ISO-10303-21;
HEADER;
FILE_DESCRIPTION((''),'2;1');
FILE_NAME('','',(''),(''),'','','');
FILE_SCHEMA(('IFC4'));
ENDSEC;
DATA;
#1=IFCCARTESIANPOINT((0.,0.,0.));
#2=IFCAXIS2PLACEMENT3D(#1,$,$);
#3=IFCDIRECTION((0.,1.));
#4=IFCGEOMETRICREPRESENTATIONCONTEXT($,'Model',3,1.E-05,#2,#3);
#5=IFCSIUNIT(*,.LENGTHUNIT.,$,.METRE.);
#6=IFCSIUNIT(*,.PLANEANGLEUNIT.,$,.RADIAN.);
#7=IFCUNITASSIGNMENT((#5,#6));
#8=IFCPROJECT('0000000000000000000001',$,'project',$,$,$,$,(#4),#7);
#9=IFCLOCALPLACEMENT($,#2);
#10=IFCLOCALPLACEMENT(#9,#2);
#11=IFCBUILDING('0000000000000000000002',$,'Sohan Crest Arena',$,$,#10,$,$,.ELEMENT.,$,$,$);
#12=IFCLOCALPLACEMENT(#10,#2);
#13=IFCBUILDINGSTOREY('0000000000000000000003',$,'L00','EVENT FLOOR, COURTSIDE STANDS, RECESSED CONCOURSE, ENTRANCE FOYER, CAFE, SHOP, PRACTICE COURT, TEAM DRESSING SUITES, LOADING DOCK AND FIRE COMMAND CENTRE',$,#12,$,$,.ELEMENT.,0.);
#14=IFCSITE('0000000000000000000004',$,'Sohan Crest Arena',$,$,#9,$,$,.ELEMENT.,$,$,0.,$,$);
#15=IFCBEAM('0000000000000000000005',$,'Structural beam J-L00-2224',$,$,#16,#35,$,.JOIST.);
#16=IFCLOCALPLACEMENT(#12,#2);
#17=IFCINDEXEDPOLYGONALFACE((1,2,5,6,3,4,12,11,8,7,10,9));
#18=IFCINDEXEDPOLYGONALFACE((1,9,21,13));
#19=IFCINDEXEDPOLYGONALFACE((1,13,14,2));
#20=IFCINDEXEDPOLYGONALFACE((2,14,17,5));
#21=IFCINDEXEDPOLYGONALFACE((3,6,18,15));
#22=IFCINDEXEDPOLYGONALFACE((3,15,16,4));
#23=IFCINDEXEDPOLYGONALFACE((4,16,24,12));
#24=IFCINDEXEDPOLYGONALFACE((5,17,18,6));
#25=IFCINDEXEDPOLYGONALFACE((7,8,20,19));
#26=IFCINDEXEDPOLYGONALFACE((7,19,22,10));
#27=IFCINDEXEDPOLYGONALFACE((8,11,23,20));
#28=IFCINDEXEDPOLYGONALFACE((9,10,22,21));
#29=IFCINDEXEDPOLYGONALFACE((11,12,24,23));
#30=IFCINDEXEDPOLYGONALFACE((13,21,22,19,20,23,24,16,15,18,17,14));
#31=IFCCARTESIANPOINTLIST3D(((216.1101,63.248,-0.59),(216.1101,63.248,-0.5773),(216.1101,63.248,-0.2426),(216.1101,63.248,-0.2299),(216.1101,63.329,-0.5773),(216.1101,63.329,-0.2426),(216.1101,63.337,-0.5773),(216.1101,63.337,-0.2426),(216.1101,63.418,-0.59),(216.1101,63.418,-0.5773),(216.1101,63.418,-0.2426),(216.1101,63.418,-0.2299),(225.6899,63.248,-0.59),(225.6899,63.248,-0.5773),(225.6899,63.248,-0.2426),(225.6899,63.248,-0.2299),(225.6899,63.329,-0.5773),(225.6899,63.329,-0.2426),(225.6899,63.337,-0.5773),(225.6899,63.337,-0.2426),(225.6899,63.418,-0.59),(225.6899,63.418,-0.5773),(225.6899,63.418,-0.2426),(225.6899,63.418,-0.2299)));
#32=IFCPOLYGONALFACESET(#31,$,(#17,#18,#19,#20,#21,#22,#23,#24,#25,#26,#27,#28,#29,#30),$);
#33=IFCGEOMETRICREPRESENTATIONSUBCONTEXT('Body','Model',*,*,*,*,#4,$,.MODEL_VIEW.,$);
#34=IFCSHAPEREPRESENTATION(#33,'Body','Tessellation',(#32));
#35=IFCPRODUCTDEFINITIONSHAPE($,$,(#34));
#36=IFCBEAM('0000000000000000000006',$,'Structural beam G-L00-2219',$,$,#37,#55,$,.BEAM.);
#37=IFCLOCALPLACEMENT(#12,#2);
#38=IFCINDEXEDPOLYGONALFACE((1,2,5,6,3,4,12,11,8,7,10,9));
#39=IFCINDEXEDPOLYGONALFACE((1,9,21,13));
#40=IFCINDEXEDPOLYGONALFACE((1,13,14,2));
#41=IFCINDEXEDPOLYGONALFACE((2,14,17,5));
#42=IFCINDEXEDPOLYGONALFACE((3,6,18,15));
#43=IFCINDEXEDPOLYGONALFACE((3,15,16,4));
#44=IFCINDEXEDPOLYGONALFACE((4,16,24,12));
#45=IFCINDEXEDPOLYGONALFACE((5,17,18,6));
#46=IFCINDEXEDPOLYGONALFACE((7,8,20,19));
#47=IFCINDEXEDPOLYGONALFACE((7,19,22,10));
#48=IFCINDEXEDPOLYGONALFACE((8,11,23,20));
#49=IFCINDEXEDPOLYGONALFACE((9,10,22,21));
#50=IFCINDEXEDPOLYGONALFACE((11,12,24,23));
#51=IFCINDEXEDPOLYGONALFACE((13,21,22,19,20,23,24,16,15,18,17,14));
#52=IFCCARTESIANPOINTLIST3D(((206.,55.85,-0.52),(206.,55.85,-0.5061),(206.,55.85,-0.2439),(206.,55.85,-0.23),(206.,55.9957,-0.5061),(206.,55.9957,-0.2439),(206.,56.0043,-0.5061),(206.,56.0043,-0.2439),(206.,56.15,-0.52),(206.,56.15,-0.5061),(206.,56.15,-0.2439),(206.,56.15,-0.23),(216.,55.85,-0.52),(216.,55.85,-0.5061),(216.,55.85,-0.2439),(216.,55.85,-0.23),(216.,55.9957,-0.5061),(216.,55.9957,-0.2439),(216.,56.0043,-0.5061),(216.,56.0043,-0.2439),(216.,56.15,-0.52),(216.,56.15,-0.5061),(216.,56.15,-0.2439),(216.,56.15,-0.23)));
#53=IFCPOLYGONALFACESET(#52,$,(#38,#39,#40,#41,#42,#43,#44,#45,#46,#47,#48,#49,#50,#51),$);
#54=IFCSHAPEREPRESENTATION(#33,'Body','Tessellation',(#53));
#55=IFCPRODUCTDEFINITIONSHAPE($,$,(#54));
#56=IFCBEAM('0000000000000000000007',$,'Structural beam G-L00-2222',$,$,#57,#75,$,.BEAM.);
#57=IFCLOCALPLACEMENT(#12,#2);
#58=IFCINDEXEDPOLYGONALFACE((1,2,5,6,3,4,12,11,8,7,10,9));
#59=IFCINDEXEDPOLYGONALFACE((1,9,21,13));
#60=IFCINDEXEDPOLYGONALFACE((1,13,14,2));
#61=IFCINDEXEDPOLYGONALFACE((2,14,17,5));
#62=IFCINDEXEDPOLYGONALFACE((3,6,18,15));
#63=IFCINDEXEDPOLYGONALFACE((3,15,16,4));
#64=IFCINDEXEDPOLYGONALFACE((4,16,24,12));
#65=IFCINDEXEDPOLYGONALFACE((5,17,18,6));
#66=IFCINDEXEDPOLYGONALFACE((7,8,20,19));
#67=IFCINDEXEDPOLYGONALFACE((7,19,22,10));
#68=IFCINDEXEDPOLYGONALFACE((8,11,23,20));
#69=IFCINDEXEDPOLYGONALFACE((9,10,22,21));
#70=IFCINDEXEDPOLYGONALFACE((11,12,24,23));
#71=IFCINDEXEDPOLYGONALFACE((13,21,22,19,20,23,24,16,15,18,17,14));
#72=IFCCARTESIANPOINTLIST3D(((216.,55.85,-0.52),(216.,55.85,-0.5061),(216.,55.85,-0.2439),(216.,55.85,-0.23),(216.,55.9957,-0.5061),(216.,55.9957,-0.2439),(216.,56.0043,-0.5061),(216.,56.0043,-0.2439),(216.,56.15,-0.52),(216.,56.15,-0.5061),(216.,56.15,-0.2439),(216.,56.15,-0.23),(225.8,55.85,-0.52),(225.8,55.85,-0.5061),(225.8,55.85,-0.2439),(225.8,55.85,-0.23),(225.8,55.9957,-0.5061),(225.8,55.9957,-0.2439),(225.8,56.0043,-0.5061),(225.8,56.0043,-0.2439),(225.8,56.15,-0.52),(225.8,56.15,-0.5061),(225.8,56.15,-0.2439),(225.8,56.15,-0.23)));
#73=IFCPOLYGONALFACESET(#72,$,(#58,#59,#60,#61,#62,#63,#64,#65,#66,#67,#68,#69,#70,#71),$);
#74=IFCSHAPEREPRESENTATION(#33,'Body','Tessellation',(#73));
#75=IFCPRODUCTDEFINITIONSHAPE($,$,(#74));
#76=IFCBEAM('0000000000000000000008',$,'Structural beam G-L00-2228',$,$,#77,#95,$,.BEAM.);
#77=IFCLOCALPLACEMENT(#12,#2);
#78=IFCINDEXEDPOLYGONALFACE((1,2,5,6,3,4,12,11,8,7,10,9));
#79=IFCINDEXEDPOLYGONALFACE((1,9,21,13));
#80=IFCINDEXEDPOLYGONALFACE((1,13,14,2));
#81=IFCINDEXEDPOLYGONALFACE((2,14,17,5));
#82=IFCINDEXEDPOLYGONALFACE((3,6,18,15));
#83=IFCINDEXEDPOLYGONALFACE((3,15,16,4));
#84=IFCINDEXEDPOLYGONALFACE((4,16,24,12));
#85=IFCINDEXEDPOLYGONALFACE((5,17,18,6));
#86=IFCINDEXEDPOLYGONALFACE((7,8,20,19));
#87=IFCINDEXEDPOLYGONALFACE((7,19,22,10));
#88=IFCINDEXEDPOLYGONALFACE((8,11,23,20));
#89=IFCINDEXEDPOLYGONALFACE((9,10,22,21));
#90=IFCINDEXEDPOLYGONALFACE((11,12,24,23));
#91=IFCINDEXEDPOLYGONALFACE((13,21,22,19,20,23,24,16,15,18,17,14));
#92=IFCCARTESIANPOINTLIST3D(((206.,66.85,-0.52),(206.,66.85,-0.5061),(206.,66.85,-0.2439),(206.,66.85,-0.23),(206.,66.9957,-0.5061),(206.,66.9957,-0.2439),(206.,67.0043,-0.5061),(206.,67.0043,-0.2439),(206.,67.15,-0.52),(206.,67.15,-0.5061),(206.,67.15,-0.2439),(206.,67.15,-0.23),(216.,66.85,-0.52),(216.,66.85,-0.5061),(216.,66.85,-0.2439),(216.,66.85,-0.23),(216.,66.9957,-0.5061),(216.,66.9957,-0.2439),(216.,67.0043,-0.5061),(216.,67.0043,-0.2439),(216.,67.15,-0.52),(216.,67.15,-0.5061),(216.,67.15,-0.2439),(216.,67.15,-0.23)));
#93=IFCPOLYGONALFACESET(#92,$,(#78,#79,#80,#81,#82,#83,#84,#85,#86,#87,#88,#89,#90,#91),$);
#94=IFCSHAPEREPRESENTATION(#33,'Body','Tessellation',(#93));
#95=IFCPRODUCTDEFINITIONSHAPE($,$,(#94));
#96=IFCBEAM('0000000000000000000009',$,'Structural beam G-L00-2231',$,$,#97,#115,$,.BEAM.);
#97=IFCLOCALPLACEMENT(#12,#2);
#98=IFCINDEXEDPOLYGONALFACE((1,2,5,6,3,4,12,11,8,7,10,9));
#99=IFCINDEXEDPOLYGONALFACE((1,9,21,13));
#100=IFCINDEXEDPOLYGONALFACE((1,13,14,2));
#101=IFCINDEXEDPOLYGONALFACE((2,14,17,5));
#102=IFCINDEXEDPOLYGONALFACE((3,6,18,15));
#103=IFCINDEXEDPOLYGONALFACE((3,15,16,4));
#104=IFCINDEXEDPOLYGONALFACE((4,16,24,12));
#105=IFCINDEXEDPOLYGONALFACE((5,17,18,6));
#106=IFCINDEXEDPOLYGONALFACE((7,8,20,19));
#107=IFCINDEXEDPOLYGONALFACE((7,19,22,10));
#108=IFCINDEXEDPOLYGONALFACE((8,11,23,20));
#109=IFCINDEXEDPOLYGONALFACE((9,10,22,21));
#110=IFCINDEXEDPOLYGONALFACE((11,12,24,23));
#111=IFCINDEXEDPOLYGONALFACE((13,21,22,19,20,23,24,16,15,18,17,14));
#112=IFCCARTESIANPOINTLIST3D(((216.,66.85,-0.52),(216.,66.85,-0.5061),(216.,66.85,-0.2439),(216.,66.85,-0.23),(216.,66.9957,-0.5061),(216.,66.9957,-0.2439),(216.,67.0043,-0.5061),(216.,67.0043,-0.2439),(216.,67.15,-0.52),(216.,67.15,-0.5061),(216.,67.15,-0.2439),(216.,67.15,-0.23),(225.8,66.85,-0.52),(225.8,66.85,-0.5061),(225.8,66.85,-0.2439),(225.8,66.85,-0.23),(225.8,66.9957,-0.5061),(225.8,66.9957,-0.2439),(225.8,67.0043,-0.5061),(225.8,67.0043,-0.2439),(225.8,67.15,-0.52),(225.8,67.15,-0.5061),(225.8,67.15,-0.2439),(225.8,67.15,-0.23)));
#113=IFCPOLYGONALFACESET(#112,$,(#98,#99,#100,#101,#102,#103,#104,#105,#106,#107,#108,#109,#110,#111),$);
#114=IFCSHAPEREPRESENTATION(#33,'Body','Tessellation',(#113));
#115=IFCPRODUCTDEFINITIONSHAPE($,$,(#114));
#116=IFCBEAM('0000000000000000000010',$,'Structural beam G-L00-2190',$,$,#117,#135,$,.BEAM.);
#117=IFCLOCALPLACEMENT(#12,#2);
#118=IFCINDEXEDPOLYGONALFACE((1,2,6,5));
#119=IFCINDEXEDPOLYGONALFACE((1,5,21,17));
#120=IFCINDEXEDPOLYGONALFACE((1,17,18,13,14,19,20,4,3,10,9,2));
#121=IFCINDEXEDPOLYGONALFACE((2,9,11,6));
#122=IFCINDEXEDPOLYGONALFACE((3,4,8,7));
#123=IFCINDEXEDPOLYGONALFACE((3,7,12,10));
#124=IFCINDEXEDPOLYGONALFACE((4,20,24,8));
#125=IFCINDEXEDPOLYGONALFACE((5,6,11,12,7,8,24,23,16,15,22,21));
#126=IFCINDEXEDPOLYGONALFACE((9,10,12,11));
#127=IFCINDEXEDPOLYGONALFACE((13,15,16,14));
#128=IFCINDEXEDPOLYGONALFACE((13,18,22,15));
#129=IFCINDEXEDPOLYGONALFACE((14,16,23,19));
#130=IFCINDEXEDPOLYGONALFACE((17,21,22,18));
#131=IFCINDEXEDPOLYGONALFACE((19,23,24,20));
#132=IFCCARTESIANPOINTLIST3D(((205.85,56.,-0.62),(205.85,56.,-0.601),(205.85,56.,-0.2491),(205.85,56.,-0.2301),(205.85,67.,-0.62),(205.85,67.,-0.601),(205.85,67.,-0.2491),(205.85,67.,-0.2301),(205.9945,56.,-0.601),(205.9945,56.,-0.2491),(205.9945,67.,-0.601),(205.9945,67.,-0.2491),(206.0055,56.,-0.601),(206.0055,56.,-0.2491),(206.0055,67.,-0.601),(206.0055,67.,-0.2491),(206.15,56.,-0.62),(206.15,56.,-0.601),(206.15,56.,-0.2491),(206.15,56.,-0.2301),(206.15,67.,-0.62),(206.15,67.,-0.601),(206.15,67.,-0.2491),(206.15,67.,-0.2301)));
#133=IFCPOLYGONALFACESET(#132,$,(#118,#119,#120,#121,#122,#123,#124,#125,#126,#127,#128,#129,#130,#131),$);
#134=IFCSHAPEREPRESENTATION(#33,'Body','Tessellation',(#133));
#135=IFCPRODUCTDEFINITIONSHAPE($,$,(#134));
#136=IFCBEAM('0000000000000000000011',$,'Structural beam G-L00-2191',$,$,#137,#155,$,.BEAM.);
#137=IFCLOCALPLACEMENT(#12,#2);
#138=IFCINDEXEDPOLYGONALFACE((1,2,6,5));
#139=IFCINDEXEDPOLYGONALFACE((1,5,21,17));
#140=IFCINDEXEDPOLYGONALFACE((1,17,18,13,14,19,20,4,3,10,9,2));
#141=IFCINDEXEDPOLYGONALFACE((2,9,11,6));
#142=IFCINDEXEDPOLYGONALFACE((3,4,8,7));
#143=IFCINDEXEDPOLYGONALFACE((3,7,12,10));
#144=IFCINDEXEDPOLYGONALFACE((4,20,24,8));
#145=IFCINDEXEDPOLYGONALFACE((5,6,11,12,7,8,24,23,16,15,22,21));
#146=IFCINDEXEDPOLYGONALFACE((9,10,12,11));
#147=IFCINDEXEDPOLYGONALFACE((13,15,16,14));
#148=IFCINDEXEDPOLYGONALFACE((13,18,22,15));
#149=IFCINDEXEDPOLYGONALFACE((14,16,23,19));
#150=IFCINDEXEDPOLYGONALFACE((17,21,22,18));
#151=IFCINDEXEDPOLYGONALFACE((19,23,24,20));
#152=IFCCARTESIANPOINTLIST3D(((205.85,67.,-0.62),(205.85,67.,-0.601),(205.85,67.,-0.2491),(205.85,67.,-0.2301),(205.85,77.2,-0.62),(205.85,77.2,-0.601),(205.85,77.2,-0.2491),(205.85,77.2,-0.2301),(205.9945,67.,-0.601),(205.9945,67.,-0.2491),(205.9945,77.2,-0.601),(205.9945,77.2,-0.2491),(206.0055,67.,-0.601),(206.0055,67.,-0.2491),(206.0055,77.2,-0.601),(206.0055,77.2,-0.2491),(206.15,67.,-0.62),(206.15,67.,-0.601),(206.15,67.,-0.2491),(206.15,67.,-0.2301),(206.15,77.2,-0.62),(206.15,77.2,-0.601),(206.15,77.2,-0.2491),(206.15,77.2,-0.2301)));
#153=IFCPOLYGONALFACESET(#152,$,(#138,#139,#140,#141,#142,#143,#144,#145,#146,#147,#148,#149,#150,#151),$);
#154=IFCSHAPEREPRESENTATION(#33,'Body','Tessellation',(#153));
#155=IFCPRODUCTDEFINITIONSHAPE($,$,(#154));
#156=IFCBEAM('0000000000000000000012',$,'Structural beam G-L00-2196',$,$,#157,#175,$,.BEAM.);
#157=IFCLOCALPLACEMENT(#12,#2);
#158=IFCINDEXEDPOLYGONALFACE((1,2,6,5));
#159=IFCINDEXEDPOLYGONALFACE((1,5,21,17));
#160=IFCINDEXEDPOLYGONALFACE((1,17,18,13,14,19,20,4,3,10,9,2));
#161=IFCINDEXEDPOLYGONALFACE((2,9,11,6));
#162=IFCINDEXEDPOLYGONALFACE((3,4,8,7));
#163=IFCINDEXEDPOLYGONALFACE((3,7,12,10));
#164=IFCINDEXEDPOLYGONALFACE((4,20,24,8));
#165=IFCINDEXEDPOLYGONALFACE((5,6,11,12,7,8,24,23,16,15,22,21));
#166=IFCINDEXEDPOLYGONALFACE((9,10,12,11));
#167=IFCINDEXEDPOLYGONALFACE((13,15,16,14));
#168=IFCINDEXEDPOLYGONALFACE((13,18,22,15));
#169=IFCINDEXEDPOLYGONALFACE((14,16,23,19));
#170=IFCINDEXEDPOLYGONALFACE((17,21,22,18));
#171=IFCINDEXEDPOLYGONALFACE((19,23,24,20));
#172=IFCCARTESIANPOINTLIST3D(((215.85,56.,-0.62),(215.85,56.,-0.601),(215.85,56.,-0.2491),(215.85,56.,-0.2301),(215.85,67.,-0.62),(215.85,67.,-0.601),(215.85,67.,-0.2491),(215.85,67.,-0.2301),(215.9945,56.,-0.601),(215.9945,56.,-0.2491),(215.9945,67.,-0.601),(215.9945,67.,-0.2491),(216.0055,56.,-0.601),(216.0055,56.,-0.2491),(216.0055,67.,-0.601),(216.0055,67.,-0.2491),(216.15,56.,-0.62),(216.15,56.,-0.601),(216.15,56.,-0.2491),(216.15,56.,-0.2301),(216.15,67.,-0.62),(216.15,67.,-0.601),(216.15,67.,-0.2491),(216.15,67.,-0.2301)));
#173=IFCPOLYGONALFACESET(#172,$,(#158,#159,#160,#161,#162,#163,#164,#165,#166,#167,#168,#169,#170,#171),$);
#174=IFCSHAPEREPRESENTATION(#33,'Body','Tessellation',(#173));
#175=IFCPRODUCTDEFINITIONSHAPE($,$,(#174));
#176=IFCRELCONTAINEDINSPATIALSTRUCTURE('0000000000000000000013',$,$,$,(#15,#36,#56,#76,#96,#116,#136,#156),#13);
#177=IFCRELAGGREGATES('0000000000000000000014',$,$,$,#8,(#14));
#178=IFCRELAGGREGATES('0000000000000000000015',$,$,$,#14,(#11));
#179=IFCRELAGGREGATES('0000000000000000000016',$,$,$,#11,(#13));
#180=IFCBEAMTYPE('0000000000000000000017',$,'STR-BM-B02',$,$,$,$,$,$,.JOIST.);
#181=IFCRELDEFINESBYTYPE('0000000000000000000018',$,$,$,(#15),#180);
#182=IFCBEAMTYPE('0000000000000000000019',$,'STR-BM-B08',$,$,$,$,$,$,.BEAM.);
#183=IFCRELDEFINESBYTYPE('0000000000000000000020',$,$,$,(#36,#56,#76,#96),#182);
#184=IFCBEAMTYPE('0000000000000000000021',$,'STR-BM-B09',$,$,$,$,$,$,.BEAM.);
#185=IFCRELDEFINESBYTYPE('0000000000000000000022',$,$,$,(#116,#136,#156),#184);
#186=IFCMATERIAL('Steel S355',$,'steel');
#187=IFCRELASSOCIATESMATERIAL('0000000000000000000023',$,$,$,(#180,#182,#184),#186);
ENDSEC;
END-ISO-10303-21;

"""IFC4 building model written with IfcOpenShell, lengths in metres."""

from ifc_helpers import new_model, si_unit, direction, frame, origin, origin_2d, place, context, subcontext, project, spatial, i_section, extrude, material, material_profile, profile_set, type_object, element, save


model = new_model("IFC4")

# Units and contexts
model_context = context("Model", 3, precision=1e-05, world=origin(), true_north=direction((0.0, 1.0)))
body_context = subcontext(model_context, "Body", "Model", "MODEL_VIEW")
ifc_project = project(units=[si_unit("LENGTHUNIT", "METRE"), si_unit("PLANEANGLEUNIT", "RADIAN")], contexts=[model_context])

# Site, building, storey
site_placement = place(None, origin())
site = spatial("IfcSite", under=ifc_project, at=site_placement, Name="Sohan Crest Arena", CompositionType="ELEMENT", RefElevation=0.0)
building_placement = place(site_placement, origin())
building = spatial("IfcBuilding", under=site, at=building_placement, Name="Sohan Crest Arena", CompositionType="ELEMENT")
storey_placement = place(building_placement, origin())
storey = spatial("IfcBuildingStorey", under=building, at=storey_placement, Name="L00", Description="EVENT FLOOR, COURTSIDE STANDS, RECESSED CONCOURSE, ENTRANCE FOYER, CAFE, SHOP, PRACTICE COURT, TEAM DRESSING SUITES, LOADING DOCK AND FIRE COMMAND CENTRE", CompositionType="ELEMENT", Elevation=0.0)

# Beams
ifc_material_1 = material(Name="Steel S355", Category="steel")
ifc_material_profile_1 = material_profile(ifc_material_1, i_section(OverallWidth=0.1699, OverallDepth=0.3601, WebThickness=0.0081, FlangeThickness=0.0127, at=origin_2d()), Name="IPE 360")
ifc_profile_set_1 = profile_set([ifc_material_profile_1], Name="Steel S355")
beam_type_1 = type_object("IfcBeamType", Name="STR-BM-B02", PredefinedType="JOIST", material=ifc_profile_set_1)
for number, where, z_axis, x_axis, name in (
    (1, (216.1101, 63.333, -0.4099), (1.0, 0.0, 0.0), (0.0, 1.0, 0.0), "Structural beam J-L00-2224"),
):
    element("IfcBeam", number, at=place(storey_placement, frame(where, z_axis=z_axis, x_axis=x_axis)), inside=storey, type_object=beam_type_1, Name=name, PredefinedType="JOIST", context=body_context, shape_type="SweptSolid", body=[
        extrude(i_section(OverallWidth=0.1699, OverallDepth=0.3601, WebThickness=0.0081, FlangeThickness=0.0127, at=origin_2d()), origin(), (0.0, 0.0, 1.0), 9.5798),
    ])
ifc_material_profile_2 = material_profile(ifc_material_1, i_section(OverallWidth=0.3, OverallDepth=0.29, WebThickness=0.0085, FlangeThickness=0.0139, at=origin_2d()), Name="HEA 300")
ifc_profile_set_2 = profile_set([ifc_material_profile_2], Name="Steel S355")
beam_type_2 = type_object("IfcBeamType", Name="STR-BM-B08", PredefinedType="BEAM", material=ifc_profile_set_2)
beam_1_placement = place(storey_placement, frame((206.0, 56.0, -0.375), z_axis=(1.0, 0.0, 0.0), x_axis=(0.0, 1.0, 0.0)))
element("IfcBeam", 2, at=beam_1_placement, inside=storey, type_object=beam_type_2, Name="Structural beam G-L00-2219", PredefinedType="BEAM", context=body_context, shape_type="SweptSolid", body=[
    extrude(i_section(OverallWidth=0.3, OverallDepth=0.29, WebThickness=0.0085, FlangeThickness=0.0139, at=origin_2d()), origin(), (0.0, 0.0, 1.0), 10.0),
])
beam_2_placement = place(storey_placement, frame((216.0, 56.0, -0.375), z_axis=(1.0, 0.0, 0.0), x_axis=(0.0, 1.0, 0.0)))
element("IfcBeam", 3, at=beam_2_placement, inside=storey, type_object=beam_type_2, Name="Structural beam G-L00-2222", PredefinedType="BEAM", context=body_context, shape_type="SweptSolid", body=[
    extrude(i_section(OverallWidth=0.3, OverallDepth=0.29, WebThickness=0.0085, FlangeThickness=0.0139, at=origin_2d()), origin(), (0.0, 0.0, 1.0), 9.8),
])
beam_3_placement = place(storey_placement, frame((206.0, 67.0, -0.375), z_axis=(1.0, 0.0, 0.0), x_axis=(0.0, 1.0, 0.0)))
element("IfcBeam", 4, at=beam_3_placement, inside=storey, type_object=beam_type_2, Name="Structural beam G-L00-2228", PredefinedType="BEAM", context=body_context, shape_type="SweptSolid", body=[
    extrude(i_section(OverallWidth=0.3, OverallDepth=0.29, WebThickness=0.0085, FlangeThickness=0.0139, at=origin_2d()), origin(), (0.0, 0.0, 1.0), 10.0),
])
beam_4_placement = place(storey_placement, frame((216.0, 67.0, -0.375), z_axis=(1.0, 0.0, 0.0), x_axis=(0.0, 1.0, 0.0)))
element("IfcBeam", 5, at=beam_4_placement, inside=storey, type_object=beam_type_2, Name="Structural beam G-L00-2231", PredefinedType="BEAM", context=body_context, shape_type="SweptSolid", body=[
    extrude(i_section(OverallWidth=0.3, OverallDepth=0.29, WebThickness=0.0085, FlangeThickness=0.0139, at=origin_2d()), origin(), (0.0, 0.0, 1.0), 9.8),
])
ifc_material_profile_3 = material_profile(ifc_material_1, i_section(OverallWidth=0.3, OverallDepth=0.3899, WebThickness=0.011, FlangeThickness=0.019, at=origin_2d()), Name="HEA 400")
ifc_profile_set_3 = profile_set([ifc_material_profile_3], Name="Steel S355")
beam_type_3 = type_object("IfcBeamType", Name="STR-BM-B09", PredefinedType="BEAM", material=ifc_profile_set_3)
beam_5_placement = place(storey_placement, frame((206.0, 56.0, -0.425), z_axis=(0.0, 1.0, 0.0), x_axis=(-1.0, 0.0, 0.0)))
element("IfcBeam", 6, at=beam_5_placement, inside=storey, type_object=beam_type_3, Name="Structural beam G-L00-2190", PredefinedType="BEAM", context=body_context, shape_type="SweptSolid", body=[
    extrude(i_section(OverallWidth=0.3, OverallDepth=0.3899, WebThickness=0.011, FlangeThickness=0.019, at=origin_2d()), origin(), (0.0, 0.0, 1.0), 11.0),
])
beam_6_placement = place(storey_placement, frame((206.0, 67.0, -0.425), z_axis=(0.0, 1.0, 0.0), x_axis=(-1.0, 0.0, 0.0)))
element("IfcBeam", 7, at=beam_6_placement, inside=storey, type_object=beam_type_3, Name="Structural beam G-L00-2191", PredefinedType="BEAM", context=body_context, shape_type="SweptSolid", body=[
    extrude(i_section(OverallWidth=0.3, OverallDepth=0.3899, WebThickness=0.011, FlangeThickness=0.019, at=origin_2d()), origin(), (0.0, 0.0, 1.0), 10.2),
])
beam_7_placement = place(storey_placement, frame((216.0, 56.0, -0.425), z_axis=(0.0, 1.0, 0.0), x_axis=(-1.0, 0.0, 0.0)))
element("IfcBeam", 8, at=beam_7_placement, inside=storey, type_object=beam_type_3, Name="Structural beam G-L00-2196", PredefinedType="BEAM", context=body_context, shape_type="SweptSolid", body=[
    extrude(i_section(OverallWidth=0.3, OverallDepth=0.3899, WebThickness=0.011, FlangeThickness=0.019, at=origin_2d()), origin(), (0.0, 0.0, 1.0), 11.0),
])

save(model, "model.ifc")
